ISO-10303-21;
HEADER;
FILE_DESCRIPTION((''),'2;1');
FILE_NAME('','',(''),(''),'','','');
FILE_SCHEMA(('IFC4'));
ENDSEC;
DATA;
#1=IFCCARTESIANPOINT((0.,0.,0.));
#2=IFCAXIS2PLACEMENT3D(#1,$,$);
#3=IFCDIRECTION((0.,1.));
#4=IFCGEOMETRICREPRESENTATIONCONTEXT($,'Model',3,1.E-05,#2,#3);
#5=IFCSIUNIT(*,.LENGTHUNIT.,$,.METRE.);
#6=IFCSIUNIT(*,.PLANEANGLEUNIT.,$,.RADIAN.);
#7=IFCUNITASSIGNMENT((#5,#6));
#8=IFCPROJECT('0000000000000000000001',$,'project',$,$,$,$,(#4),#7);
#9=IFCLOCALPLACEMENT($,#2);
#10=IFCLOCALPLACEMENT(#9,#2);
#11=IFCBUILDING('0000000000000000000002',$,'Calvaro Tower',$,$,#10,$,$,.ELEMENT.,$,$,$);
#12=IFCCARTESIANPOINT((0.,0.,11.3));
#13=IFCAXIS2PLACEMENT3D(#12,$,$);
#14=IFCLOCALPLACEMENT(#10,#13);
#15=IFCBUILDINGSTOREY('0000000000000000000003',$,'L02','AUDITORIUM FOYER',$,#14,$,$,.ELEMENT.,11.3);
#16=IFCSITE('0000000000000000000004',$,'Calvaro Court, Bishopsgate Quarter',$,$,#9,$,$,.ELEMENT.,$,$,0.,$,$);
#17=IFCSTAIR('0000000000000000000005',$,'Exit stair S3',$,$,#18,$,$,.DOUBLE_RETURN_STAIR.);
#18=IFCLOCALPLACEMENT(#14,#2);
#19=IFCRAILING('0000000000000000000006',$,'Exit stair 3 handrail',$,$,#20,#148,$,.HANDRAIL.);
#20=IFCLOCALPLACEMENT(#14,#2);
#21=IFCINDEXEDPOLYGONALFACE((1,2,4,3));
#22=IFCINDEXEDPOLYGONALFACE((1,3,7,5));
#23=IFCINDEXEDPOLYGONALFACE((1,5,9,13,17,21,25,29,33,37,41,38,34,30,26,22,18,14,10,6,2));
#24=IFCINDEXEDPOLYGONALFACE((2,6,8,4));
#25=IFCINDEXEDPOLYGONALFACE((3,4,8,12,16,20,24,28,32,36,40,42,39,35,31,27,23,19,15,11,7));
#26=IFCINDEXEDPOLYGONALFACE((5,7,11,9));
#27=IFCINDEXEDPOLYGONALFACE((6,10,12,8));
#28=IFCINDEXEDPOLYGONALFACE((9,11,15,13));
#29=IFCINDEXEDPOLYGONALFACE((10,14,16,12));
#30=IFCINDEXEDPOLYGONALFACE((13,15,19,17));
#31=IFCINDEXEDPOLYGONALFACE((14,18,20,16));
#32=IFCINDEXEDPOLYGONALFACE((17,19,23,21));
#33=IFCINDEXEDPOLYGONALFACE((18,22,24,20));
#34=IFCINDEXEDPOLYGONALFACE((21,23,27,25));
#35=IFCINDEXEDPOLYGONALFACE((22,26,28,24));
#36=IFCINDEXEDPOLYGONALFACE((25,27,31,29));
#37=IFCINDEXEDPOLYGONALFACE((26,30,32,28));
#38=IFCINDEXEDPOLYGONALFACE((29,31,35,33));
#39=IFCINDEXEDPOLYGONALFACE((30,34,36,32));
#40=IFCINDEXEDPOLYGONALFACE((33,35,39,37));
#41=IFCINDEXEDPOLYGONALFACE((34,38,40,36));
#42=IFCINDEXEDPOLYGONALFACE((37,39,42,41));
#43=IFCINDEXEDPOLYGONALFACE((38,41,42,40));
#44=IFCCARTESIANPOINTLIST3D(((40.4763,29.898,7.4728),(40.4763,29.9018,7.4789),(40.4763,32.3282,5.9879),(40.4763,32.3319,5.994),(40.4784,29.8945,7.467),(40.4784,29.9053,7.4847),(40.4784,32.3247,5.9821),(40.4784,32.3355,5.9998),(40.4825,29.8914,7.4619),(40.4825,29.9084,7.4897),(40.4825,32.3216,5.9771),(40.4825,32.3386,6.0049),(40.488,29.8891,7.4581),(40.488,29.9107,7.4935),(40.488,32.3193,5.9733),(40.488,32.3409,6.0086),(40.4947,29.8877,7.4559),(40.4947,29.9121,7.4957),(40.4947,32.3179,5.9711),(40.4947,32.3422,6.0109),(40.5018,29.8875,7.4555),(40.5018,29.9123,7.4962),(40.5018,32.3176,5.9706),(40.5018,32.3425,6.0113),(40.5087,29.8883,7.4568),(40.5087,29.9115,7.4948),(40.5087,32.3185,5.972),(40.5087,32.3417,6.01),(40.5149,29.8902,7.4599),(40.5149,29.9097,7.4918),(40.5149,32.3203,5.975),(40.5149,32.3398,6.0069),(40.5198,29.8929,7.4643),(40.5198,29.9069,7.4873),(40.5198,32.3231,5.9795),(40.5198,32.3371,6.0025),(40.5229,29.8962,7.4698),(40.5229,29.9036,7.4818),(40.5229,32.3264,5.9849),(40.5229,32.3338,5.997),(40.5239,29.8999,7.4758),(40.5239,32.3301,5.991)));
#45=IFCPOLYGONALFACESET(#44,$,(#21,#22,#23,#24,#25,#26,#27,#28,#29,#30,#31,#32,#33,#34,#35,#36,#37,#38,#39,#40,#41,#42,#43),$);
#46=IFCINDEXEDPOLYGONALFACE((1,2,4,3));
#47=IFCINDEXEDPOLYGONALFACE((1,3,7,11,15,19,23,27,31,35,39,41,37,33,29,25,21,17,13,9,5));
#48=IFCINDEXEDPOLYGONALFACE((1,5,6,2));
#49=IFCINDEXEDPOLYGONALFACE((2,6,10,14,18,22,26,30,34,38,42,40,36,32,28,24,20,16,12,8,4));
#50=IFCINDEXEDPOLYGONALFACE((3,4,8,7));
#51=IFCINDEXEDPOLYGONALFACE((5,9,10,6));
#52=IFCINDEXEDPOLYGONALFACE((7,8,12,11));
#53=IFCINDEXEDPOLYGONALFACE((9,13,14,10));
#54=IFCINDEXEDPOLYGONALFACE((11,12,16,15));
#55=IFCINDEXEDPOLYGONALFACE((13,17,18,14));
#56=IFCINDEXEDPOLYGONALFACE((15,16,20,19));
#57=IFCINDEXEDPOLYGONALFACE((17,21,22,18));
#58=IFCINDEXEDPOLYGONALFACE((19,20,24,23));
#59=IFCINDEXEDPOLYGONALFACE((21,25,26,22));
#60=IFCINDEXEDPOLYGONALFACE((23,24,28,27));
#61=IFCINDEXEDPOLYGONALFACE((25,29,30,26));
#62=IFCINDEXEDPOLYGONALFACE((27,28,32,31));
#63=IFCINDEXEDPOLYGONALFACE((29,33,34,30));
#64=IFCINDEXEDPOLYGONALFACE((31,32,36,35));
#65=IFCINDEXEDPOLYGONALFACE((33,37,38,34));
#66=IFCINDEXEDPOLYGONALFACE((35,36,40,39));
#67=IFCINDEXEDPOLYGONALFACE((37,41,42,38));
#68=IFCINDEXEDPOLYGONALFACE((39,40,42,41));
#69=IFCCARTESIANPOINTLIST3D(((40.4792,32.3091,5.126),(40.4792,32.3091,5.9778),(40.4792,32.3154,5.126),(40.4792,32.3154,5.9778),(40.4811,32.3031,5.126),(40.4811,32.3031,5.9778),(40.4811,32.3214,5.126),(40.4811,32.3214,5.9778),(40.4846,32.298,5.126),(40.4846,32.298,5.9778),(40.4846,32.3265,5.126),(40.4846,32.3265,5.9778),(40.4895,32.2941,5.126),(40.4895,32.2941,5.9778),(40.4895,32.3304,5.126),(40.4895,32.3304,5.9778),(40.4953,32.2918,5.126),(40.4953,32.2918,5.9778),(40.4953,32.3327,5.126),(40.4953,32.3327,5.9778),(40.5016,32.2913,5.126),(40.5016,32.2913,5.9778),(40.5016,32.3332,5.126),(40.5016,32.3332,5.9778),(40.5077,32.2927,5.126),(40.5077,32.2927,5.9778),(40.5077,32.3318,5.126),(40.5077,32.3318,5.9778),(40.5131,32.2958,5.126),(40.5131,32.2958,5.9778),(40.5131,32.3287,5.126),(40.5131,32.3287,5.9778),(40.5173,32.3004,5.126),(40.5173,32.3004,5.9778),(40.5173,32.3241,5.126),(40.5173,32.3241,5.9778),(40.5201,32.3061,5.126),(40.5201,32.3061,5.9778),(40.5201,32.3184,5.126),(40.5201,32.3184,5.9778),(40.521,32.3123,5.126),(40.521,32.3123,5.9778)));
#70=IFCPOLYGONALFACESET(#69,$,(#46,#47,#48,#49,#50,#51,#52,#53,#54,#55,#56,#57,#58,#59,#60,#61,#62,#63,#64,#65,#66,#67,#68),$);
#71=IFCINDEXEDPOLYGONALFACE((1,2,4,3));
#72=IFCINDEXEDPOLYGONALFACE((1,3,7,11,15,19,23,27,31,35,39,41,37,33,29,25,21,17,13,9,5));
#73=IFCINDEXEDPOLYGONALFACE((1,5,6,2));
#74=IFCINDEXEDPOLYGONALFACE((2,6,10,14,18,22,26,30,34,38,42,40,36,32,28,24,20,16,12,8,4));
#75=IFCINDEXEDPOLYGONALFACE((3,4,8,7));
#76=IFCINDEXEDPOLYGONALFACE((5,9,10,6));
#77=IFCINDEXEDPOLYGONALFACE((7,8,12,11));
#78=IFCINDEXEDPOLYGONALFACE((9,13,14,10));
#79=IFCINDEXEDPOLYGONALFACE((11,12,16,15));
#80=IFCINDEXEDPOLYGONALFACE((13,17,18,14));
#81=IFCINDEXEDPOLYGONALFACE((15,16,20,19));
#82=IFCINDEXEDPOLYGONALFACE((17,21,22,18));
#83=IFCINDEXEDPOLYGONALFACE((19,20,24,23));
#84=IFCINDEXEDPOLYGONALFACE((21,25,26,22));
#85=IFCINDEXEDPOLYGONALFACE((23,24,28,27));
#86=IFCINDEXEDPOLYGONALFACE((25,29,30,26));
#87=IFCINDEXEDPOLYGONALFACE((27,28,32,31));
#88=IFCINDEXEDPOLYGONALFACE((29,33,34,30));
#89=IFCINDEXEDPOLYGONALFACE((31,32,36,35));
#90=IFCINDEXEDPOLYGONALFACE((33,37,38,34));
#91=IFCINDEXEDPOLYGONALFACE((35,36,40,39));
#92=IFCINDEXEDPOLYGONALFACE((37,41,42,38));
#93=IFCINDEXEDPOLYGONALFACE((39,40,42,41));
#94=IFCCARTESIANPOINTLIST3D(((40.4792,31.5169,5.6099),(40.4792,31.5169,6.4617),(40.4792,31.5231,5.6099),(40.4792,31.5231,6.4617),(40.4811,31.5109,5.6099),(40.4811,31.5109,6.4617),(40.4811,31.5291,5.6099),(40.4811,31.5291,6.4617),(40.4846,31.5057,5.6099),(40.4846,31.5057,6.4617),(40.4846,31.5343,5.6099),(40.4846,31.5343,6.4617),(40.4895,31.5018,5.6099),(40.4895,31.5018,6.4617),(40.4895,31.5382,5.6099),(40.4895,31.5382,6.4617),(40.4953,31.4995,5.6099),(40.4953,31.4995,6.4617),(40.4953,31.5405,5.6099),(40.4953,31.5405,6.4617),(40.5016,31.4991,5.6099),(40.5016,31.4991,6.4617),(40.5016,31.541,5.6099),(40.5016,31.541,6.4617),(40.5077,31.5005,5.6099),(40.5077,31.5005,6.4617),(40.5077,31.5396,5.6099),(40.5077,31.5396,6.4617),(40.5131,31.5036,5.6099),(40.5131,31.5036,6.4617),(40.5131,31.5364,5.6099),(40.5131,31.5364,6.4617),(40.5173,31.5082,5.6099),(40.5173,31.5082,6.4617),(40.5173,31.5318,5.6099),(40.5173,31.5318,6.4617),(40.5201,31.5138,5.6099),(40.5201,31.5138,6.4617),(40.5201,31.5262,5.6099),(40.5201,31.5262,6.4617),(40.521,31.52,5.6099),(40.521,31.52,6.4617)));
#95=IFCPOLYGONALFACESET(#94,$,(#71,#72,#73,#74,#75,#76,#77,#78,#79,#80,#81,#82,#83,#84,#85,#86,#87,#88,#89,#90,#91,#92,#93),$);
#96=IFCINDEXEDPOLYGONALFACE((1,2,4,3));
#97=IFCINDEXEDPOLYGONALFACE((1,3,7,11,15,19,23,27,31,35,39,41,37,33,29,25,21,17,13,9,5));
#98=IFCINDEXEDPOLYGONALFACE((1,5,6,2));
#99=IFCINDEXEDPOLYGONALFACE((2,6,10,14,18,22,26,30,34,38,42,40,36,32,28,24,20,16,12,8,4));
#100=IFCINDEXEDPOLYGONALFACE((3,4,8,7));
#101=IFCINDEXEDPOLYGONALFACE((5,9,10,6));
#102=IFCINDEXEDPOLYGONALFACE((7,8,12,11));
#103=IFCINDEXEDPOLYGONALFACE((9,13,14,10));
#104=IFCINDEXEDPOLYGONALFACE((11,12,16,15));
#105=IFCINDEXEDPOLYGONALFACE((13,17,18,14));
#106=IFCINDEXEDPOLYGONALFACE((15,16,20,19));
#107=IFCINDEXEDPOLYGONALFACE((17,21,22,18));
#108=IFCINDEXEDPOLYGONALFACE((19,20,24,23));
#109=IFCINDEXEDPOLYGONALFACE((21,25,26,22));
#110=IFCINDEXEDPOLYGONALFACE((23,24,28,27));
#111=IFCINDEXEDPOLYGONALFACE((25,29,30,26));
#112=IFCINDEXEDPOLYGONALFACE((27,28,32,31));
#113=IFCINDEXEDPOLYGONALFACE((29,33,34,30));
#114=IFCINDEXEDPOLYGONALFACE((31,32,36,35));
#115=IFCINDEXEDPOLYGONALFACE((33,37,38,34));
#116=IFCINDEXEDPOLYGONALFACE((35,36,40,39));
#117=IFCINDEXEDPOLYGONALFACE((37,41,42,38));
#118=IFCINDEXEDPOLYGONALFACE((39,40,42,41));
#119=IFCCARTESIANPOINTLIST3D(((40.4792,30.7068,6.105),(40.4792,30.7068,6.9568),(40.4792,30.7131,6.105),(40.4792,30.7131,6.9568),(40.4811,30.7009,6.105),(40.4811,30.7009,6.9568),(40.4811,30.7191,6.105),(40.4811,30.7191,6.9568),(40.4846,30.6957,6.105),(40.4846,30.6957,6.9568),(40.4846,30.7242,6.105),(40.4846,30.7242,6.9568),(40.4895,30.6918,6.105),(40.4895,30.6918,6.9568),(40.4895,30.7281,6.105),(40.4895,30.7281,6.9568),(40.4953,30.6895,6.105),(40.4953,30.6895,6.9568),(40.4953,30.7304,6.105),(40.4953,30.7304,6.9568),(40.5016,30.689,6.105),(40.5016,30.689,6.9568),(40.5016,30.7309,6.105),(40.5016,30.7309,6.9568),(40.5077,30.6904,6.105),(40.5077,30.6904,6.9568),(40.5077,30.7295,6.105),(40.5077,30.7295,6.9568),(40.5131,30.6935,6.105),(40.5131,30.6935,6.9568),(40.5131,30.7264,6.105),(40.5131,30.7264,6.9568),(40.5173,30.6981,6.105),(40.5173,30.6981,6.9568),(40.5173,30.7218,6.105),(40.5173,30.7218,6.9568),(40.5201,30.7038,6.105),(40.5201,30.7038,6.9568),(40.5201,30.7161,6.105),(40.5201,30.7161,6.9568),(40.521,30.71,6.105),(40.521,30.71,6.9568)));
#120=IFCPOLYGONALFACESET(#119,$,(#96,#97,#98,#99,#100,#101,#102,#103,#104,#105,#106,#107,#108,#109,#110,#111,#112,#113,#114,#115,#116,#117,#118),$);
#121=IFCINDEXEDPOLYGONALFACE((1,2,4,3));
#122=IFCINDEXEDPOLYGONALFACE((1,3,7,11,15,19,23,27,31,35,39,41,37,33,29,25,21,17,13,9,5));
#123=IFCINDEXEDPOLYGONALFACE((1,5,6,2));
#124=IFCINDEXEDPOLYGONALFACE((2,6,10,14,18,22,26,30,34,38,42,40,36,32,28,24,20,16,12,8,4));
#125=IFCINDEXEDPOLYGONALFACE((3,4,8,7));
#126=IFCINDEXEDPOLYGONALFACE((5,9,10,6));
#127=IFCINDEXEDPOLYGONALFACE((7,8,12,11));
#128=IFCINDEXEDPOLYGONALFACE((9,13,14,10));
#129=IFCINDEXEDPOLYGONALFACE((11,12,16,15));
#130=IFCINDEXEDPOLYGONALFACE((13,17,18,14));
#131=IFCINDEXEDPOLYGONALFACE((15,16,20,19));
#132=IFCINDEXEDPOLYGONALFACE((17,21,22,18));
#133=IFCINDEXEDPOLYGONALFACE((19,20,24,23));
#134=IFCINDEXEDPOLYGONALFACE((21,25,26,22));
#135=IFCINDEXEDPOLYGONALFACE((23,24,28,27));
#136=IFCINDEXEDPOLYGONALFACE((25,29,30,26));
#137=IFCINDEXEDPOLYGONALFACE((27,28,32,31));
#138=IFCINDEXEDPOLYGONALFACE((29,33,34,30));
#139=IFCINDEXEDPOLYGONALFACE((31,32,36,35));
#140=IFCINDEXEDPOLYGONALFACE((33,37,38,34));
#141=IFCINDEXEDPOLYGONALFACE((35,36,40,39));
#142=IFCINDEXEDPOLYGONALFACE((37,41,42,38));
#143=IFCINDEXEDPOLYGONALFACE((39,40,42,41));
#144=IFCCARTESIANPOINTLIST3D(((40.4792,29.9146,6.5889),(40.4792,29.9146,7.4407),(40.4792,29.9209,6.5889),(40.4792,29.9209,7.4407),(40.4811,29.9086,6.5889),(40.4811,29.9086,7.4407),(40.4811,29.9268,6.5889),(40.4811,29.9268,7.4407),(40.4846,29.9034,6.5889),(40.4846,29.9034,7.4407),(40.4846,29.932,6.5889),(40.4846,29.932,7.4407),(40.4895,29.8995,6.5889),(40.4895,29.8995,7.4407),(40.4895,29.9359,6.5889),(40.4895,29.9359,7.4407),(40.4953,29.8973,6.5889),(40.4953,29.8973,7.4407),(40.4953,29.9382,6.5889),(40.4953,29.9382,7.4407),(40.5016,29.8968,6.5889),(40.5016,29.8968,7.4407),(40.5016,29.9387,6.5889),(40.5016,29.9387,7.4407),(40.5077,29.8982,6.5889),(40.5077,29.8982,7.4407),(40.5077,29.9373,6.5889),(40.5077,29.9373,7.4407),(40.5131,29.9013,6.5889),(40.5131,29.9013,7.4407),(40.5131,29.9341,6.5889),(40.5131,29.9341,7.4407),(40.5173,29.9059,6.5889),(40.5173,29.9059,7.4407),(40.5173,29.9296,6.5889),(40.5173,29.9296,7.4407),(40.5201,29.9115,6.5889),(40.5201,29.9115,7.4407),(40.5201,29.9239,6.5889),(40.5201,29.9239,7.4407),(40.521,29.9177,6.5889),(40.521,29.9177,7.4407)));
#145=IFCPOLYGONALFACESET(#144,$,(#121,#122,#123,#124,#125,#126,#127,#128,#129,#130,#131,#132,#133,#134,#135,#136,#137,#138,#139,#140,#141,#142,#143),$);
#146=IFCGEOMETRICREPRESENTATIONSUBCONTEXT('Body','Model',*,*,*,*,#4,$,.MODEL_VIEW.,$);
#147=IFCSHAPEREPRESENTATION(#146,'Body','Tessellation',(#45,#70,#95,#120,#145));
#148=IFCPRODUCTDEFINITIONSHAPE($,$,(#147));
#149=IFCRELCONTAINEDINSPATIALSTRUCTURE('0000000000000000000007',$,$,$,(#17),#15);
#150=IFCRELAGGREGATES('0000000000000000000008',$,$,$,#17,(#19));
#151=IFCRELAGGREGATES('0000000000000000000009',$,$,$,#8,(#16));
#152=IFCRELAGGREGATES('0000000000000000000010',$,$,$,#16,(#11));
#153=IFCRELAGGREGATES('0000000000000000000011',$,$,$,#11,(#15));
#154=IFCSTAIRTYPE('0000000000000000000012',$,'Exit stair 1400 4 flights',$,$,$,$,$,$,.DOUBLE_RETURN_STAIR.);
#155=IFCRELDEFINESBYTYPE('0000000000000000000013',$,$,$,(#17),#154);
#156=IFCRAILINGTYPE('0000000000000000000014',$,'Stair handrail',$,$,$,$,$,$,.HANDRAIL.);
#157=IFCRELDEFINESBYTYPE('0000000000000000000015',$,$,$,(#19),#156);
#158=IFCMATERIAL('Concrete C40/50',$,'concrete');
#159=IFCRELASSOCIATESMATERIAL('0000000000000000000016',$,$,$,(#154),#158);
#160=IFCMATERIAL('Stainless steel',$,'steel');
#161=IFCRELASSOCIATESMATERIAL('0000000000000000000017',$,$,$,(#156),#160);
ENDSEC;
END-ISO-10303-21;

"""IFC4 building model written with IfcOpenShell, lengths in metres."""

from ifc_helpers import new_model, si_unit, direction, frame, origin, origin_2d, place, context, subcontext, project, spatial, circle, extrude, material, type_object, element, aggregate, save


model = new_model("IFC4")

# Units and contexts
model_context = context("Model", 3, precision=1e-05, world=origin(), true_north=direction((0.0, 1.0)))
body_context = subcontext(model_context, "Body", "Model", "MODEL_VIEW")
ifc_project = project(units=[si_unit("LENGTHUNIT", "METRE"), si_unit("PLANEANGLEUNIT", "RADIAN")], contexts=[model_context])

# Site, building, storey
site_placement = place(None, origin())
site = spatial("IfcSite", under=ifc_project, at=site_placement, Name="Calvaro Court, Bishopsgate Quarter", CompositionType="ELEMENT", RefElevation=0.0)
building_placement = place(site_placement, origin())
building = spatial("IfcBuilding", under=site, at=building_placement, Name="Calvaro Tower", CompositionType="ELEMENT")
storey_placement = place(building_placement, frame((0.0, 0.0, 11.3)))
storey = spatial("IfcBuildingStorey", under=building, at=storey_placement, Name="L02", Description="AUDITORIUM FOYER", CompositionType="ELEMENT", Elevation=11.3)

# Shared definitions
ifc_material_1 = material(Name="Concrete C40/50", Category="concrete")
stair_type = type_object("IfcStairType", Name="Exit stair 1400 4 flights", PredefinedType="DOUBLE_RETURN_STAIR", material=ifc_material_1)

# Stair, railing
stair_1_placement = place(storey_placement, origin())
stair_1 = element("IfcStair", 1, at=stair_1_placement, inside=storey, type_object=stair_type, Name="Exit stair S3", PredefinedType="DOUBLE_RETURN_STAIR")
ifc_material_2 = material(Name="Stainless steel", Category="steel")
railing_type = type_object("IfcRailingType", Name="Stair handrail", PredefinedType="HANDRAIL", material=ifc_material_2)
railing_1_placement = place(storey_placement, frame((40.5, 32.3301, 5.115)))
railing_1 = element("IfcRailing", 2, at=railing_1_placement, type_object=railing_type, Name="Exit stair 3 handrail", PredefinedType="HANDRAIL", context=body_context, shape_type="SweptSolid", body=[
    extrude(circle(Radius=0.0239, at=origin_2d()), frame((0.0, 0.0, 0.876), z_axis=(0.0, -0.85332, 0.521388), x_axis=(1.0, 0.0, 0.0)), (0.0, 0.0, 1.0), 2.8479),
    extrude(circle(Radius=0.021, at=origin_2d()), frame((0.0, -0.0178, 0.011)), (0.0, 0.0, 1.0), 0.8518),
    extrude(circle(Radius=0.021, at=origin_2d()), frame((0.0, -0.8101, 0.4949)), (0.0, 0.0, 1.0), 0.8518),
    extrude(circle(Radius=0.021, at=origin_2d()), frame((0.0, -1.6201, 0.99)), (0.0, 0.0, 1.0), 0.8518),
    extrude(circle(Radius=0.021, at=origin_2d()), frame((0.0, -2.4124, 1.4739)), (0.0, 0.0, 1.0), 0.8518),
])
aggregate(stair_1, [railing_1])

save(model, "model.ifc")
